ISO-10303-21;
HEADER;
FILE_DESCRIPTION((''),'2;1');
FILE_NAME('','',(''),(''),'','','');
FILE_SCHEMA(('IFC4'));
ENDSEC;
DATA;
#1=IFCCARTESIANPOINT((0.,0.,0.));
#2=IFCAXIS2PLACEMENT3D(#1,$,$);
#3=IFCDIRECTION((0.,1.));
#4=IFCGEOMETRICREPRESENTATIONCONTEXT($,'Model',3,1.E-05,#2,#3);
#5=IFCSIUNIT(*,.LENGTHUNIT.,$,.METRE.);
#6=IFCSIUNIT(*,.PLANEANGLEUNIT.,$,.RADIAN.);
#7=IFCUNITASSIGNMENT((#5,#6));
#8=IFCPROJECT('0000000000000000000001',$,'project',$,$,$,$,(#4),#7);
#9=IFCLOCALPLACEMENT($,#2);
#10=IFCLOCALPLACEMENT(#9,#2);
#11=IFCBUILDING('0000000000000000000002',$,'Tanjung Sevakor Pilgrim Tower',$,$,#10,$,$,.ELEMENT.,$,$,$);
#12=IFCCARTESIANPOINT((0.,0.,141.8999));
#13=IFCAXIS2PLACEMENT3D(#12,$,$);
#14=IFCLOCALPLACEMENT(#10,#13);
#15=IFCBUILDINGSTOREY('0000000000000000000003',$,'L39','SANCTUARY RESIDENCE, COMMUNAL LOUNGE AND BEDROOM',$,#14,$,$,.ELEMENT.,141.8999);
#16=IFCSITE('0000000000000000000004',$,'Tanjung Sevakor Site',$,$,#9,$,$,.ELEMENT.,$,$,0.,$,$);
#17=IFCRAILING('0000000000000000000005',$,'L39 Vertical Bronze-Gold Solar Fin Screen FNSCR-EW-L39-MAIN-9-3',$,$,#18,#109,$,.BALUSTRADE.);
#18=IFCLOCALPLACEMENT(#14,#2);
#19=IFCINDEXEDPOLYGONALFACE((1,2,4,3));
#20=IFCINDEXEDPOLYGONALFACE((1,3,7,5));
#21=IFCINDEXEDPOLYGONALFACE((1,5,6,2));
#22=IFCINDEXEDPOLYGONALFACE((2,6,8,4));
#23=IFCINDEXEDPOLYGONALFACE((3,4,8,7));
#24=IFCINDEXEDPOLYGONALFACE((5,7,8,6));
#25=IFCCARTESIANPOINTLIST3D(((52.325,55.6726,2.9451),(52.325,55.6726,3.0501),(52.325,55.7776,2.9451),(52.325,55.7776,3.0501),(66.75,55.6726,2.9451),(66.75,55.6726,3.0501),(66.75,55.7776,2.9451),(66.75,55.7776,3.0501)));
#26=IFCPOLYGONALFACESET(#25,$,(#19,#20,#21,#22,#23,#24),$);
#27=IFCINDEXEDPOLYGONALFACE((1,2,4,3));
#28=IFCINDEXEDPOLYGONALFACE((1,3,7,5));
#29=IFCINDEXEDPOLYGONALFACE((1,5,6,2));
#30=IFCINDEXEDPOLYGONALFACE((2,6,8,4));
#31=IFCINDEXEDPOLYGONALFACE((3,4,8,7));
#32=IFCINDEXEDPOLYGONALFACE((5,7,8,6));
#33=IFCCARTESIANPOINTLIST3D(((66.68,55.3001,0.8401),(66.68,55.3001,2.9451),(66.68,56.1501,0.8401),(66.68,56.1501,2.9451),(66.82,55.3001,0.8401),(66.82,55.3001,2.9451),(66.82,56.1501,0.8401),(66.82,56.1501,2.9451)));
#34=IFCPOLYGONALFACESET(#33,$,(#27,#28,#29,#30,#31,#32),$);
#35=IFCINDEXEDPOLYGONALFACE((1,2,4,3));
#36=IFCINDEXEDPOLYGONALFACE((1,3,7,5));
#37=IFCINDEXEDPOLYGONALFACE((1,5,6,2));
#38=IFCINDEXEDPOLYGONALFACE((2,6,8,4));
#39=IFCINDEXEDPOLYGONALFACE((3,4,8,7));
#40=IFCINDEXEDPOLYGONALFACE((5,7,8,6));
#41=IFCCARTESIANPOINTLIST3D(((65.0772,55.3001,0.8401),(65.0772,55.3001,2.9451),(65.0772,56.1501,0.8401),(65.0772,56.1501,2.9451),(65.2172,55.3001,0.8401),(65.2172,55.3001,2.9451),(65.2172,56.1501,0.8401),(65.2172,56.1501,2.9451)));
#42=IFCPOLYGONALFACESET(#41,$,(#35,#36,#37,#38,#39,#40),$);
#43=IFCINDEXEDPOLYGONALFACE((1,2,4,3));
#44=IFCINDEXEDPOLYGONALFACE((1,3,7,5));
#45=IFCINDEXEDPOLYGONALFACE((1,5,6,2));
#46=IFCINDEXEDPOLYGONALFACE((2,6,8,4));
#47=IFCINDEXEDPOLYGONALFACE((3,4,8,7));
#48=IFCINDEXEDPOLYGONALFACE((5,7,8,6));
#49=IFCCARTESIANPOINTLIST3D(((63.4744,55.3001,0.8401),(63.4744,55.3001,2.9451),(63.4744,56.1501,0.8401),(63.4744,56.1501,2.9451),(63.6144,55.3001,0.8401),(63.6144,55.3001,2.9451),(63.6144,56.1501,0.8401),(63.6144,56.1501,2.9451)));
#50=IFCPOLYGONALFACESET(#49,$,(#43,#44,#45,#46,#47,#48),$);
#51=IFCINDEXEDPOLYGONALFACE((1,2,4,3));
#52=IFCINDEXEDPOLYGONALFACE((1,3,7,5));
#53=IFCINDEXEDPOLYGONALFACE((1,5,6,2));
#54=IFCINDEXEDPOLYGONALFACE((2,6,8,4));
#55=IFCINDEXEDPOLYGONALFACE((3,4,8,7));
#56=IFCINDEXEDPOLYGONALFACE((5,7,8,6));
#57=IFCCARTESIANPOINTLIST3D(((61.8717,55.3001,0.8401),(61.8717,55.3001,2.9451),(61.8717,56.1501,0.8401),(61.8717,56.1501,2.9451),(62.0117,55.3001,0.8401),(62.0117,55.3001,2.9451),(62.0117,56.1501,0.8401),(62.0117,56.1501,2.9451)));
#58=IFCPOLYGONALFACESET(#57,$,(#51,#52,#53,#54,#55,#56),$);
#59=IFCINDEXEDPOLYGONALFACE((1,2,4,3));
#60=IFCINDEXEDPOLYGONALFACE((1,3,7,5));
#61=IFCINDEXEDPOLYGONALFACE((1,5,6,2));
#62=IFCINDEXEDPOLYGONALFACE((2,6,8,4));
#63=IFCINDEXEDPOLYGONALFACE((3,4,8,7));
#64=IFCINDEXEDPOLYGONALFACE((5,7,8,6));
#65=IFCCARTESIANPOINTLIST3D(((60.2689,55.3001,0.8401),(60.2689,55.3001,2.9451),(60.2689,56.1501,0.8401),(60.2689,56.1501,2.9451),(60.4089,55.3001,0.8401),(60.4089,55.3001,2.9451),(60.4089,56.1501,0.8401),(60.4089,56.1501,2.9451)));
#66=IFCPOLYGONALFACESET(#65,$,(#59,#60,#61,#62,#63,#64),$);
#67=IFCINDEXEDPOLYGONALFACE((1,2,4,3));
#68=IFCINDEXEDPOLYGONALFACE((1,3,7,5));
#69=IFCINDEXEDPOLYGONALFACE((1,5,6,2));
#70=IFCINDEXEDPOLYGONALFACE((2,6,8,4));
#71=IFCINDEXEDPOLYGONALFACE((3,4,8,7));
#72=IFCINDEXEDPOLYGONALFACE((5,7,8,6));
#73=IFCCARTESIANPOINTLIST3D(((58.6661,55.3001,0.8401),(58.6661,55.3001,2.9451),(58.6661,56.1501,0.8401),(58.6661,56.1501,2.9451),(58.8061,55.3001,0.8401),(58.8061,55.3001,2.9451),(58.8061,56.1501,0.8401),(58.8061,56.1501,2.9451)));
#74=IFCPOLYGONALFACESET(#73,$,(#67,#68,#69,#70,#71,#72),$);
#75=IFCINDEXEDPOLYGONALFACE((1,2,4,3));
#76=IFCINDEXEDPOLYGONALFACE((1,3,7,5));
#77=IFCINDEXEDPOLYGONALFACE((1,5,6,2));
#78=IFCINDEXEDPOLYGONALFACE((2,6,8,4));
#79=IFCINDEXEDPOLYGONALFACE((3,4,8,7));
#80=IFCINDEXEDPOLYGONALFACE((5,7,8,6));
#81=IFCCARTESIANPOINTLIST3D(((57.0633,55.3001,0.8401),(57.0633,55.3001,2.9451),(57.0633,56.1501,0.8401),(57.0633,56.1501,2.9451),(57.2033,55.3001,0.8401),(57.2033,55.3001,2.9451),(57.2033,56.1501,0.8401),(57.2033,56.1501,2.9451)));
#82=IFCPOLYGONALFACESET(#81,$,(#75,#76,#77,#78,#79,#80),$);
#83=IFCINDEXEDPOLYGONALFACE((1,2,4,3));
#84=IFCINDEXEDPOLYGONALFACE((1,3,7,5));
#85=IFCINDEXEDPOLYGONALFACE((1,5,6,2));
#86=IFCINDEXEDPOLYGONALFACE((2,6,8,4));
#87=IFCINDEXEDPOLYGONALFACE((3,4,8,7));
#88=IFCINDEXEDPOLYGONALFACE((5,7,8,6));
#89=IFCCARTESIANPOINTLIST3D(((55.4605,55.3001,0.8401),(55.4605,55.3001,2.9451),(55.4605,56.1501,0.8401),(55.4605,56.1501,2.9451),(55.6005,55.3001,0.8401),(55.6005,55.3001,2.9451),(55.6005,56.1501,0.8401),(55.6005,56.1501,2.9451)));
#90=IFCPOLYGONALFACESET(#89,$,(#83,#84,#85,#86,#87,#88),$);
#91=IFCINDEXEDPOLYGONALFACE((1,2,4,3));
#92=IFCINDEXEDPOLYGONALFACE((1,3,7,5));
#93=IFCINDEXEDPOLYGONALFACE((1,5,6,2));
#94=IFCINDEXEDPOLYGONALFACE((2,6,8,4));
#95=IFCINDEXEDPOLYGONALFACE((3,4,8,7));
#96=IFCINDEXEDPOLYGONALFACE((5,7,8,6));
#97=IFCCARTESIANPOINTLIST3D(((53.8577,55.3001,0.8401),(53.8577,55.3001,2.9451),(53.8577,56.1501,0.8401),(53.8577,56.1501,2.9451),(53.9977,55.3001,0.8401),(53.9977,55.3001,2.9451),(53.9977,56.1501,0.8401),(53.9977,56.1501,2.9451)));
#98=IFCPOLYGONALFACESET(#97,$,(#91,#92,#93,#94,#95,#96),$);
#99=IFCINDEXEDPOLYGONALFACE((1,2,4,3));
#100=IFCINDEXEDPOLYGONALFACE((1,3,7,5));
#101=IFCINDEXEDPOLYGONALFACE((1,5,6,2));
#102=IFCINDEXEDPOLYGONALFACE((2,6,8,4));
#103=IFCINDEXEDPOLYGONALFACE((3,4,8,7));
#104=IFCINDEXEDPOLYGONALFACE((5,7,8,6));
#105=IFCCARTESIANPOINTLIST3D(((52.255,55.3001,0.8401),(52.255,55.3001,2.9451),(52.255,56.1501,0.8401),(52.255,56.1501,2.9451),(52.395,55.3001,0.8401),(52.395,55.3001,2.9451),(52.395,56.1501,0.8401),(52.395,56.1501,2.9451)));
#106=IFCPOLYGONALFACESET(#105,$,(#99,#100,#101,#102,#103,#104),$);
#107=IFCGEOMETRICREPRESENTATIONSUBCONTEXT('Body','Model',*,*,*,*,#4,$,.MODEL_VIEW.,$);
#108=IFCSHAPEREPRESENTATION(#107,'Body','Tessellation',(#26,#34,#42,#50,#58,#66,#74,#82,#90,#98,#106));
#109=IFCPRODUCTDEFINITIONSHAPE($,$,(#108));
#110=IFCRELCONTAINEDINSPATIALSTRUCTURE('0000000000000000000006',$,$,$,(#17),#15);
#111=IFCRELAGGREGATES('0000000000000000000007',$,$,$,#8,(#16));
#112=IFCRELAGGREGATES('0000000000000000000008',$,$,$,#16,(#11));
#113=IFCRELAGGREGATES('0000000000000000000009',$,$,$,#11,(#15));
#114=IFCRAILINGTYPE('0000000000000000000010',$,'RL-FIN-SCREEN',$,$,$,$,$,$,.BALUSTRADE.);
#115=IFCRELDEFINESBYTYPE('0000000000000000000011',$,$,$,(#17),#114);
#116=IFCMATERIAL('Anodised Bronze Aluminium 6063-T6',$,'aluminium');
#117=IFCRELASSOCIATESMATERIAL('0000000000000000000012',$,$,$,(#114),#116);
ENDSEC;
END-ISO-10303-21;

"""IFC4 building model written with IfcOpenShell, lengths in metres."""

from ifc_helpers import new_model, si_unit, direction, frame, origin, place, context, subcontext, project, spatial, rectangle, extrude, material, type_object, element, save


model = new_model("IFC4")

# Units and contexts
model_context = context("Model", 3, precision=1e-05, world=origin(), true_north=direction((0.0, 1.0)))
body_context = subcontext(model_context, "Body", "Model", "MODEL_VIEW")
ifc_project = project(units=[si_unit("LENGTHUNIT", "METRE"), si_unit("PLANEANGLEUNIT", "RADIAN")], contexts=[model_context])

# Site, building, storey
site_placement = place(None, origin())
site = spatial("IfcSite", under=ifc_project, at=site_placement, Name="Tanjung Sevakor Site", CompositionType="ELEMENT", RefElevation=0.0)
building_placement = place(site_placement, origin())
building = spatial("IfcBuilding", under=site, at=building_placement, Name="Tanjung Sevakor Pilgrim Tower", CompositionType="ELEMENT")
storey_placement = place(building_placement, frame((0.0, 0.0, 141.8999)))
storey = spatial("IfcBuildingStorey", under=building, at=storey_placement, Name="L39", Description="SANCTUARY RESIDENCE, COMMUNAL LOUNGE AND BEDROOM", CompositionType="ELEMENT", Elevation=141.8999)

# Railing
ifc_material_1 = material(Name="Anodised Bronze Aluminium 6063-T6", Category="aluminium")
railing_type_1 = type_object("IfcRailingType", Name="RL-FIN-SCREEN", PredefinedType="BALUSTRADE", material=ifc_material_1)
railing_1_placement = place(storey_placement, frame((66.75, 55.7251, 0.8401)))
element("IfcRailing", 1, at=railing_1_placement, inside=storey, type_object=railing_type_1, Name="L39 Vertical Bronze-Gold Solar Fin Screen FNSCR-EW-L39-MAIN-9-3", PredefinedType="BALUSTRADE", context=body_context, shape_type="SweptSolid", body=[
    extrude(rectangle(XDim=0.105, YDim=0.105), frame((0.0, 0.0, 2.1575), z_axis=(-1.0, 0.0, 0.0), x_axis=(0.0, -1.0, 0.0)), (0.0, 0.0, 1.0), 14.425),
    extrude(rectangle(XDim=0.14, YDim=0.85), origin(), (0.0, 0.0, 1.0), 2.105),
    extrude(rectangle(XDim=0.14, YDim=0.85), frame((-1.6028, 0.0, 0.0)), (0.0, 0.0, 1.0), 2.105),
    extrude(rectangle(XDim=0.14, YDim=0.85), frame((-3.2056, 0.0, 0.0)), (0.0, 0.0, 1.0), 2.105),
    extrude(rectangle(XDim=0.14, YDim=0.85), frame((-4.8083, 0.0, 0.0)), (0.0, 0.0, 1.0), 2.105),
    extrude(rectangle(XDim=0.14, YDim=0.85), frame((-6.4111, 0.0, 0.0)), (0.0, 0.0, 1.0), 2.105),
    extrude(rectangle(XDim=0.14, YDim=0.85), frame((-8.0139, 0.0, 0.0)), (0.0, 0.0, 1.0), 2.105),
    extrude(rectangle(XDim=0.14, YDim=0.85), frame((-9.6167, 0.0, 0.0)), (0.0, 0.0, 1.0), 2.105),
    extrude(rectangle(XDim=0.14, YDim=0.85), frame((-11.2195, 0.0, 0.0)), (0.0, 0.0, 1.0), 2.105),
    extrude(rectangle(XDim=0.14, YDim=0.85), frame((-12.8223, 0.0, 0.0)), (0.0, 0.0, 1.0), 2.105),
    extrude(rectangle(XDim=0.14, YDim=0.85), frame((-14.425, 0.0, 0.0)), (0.0, 0.0, 1.0), 2.105),
])

save(model, "model.ifc")
